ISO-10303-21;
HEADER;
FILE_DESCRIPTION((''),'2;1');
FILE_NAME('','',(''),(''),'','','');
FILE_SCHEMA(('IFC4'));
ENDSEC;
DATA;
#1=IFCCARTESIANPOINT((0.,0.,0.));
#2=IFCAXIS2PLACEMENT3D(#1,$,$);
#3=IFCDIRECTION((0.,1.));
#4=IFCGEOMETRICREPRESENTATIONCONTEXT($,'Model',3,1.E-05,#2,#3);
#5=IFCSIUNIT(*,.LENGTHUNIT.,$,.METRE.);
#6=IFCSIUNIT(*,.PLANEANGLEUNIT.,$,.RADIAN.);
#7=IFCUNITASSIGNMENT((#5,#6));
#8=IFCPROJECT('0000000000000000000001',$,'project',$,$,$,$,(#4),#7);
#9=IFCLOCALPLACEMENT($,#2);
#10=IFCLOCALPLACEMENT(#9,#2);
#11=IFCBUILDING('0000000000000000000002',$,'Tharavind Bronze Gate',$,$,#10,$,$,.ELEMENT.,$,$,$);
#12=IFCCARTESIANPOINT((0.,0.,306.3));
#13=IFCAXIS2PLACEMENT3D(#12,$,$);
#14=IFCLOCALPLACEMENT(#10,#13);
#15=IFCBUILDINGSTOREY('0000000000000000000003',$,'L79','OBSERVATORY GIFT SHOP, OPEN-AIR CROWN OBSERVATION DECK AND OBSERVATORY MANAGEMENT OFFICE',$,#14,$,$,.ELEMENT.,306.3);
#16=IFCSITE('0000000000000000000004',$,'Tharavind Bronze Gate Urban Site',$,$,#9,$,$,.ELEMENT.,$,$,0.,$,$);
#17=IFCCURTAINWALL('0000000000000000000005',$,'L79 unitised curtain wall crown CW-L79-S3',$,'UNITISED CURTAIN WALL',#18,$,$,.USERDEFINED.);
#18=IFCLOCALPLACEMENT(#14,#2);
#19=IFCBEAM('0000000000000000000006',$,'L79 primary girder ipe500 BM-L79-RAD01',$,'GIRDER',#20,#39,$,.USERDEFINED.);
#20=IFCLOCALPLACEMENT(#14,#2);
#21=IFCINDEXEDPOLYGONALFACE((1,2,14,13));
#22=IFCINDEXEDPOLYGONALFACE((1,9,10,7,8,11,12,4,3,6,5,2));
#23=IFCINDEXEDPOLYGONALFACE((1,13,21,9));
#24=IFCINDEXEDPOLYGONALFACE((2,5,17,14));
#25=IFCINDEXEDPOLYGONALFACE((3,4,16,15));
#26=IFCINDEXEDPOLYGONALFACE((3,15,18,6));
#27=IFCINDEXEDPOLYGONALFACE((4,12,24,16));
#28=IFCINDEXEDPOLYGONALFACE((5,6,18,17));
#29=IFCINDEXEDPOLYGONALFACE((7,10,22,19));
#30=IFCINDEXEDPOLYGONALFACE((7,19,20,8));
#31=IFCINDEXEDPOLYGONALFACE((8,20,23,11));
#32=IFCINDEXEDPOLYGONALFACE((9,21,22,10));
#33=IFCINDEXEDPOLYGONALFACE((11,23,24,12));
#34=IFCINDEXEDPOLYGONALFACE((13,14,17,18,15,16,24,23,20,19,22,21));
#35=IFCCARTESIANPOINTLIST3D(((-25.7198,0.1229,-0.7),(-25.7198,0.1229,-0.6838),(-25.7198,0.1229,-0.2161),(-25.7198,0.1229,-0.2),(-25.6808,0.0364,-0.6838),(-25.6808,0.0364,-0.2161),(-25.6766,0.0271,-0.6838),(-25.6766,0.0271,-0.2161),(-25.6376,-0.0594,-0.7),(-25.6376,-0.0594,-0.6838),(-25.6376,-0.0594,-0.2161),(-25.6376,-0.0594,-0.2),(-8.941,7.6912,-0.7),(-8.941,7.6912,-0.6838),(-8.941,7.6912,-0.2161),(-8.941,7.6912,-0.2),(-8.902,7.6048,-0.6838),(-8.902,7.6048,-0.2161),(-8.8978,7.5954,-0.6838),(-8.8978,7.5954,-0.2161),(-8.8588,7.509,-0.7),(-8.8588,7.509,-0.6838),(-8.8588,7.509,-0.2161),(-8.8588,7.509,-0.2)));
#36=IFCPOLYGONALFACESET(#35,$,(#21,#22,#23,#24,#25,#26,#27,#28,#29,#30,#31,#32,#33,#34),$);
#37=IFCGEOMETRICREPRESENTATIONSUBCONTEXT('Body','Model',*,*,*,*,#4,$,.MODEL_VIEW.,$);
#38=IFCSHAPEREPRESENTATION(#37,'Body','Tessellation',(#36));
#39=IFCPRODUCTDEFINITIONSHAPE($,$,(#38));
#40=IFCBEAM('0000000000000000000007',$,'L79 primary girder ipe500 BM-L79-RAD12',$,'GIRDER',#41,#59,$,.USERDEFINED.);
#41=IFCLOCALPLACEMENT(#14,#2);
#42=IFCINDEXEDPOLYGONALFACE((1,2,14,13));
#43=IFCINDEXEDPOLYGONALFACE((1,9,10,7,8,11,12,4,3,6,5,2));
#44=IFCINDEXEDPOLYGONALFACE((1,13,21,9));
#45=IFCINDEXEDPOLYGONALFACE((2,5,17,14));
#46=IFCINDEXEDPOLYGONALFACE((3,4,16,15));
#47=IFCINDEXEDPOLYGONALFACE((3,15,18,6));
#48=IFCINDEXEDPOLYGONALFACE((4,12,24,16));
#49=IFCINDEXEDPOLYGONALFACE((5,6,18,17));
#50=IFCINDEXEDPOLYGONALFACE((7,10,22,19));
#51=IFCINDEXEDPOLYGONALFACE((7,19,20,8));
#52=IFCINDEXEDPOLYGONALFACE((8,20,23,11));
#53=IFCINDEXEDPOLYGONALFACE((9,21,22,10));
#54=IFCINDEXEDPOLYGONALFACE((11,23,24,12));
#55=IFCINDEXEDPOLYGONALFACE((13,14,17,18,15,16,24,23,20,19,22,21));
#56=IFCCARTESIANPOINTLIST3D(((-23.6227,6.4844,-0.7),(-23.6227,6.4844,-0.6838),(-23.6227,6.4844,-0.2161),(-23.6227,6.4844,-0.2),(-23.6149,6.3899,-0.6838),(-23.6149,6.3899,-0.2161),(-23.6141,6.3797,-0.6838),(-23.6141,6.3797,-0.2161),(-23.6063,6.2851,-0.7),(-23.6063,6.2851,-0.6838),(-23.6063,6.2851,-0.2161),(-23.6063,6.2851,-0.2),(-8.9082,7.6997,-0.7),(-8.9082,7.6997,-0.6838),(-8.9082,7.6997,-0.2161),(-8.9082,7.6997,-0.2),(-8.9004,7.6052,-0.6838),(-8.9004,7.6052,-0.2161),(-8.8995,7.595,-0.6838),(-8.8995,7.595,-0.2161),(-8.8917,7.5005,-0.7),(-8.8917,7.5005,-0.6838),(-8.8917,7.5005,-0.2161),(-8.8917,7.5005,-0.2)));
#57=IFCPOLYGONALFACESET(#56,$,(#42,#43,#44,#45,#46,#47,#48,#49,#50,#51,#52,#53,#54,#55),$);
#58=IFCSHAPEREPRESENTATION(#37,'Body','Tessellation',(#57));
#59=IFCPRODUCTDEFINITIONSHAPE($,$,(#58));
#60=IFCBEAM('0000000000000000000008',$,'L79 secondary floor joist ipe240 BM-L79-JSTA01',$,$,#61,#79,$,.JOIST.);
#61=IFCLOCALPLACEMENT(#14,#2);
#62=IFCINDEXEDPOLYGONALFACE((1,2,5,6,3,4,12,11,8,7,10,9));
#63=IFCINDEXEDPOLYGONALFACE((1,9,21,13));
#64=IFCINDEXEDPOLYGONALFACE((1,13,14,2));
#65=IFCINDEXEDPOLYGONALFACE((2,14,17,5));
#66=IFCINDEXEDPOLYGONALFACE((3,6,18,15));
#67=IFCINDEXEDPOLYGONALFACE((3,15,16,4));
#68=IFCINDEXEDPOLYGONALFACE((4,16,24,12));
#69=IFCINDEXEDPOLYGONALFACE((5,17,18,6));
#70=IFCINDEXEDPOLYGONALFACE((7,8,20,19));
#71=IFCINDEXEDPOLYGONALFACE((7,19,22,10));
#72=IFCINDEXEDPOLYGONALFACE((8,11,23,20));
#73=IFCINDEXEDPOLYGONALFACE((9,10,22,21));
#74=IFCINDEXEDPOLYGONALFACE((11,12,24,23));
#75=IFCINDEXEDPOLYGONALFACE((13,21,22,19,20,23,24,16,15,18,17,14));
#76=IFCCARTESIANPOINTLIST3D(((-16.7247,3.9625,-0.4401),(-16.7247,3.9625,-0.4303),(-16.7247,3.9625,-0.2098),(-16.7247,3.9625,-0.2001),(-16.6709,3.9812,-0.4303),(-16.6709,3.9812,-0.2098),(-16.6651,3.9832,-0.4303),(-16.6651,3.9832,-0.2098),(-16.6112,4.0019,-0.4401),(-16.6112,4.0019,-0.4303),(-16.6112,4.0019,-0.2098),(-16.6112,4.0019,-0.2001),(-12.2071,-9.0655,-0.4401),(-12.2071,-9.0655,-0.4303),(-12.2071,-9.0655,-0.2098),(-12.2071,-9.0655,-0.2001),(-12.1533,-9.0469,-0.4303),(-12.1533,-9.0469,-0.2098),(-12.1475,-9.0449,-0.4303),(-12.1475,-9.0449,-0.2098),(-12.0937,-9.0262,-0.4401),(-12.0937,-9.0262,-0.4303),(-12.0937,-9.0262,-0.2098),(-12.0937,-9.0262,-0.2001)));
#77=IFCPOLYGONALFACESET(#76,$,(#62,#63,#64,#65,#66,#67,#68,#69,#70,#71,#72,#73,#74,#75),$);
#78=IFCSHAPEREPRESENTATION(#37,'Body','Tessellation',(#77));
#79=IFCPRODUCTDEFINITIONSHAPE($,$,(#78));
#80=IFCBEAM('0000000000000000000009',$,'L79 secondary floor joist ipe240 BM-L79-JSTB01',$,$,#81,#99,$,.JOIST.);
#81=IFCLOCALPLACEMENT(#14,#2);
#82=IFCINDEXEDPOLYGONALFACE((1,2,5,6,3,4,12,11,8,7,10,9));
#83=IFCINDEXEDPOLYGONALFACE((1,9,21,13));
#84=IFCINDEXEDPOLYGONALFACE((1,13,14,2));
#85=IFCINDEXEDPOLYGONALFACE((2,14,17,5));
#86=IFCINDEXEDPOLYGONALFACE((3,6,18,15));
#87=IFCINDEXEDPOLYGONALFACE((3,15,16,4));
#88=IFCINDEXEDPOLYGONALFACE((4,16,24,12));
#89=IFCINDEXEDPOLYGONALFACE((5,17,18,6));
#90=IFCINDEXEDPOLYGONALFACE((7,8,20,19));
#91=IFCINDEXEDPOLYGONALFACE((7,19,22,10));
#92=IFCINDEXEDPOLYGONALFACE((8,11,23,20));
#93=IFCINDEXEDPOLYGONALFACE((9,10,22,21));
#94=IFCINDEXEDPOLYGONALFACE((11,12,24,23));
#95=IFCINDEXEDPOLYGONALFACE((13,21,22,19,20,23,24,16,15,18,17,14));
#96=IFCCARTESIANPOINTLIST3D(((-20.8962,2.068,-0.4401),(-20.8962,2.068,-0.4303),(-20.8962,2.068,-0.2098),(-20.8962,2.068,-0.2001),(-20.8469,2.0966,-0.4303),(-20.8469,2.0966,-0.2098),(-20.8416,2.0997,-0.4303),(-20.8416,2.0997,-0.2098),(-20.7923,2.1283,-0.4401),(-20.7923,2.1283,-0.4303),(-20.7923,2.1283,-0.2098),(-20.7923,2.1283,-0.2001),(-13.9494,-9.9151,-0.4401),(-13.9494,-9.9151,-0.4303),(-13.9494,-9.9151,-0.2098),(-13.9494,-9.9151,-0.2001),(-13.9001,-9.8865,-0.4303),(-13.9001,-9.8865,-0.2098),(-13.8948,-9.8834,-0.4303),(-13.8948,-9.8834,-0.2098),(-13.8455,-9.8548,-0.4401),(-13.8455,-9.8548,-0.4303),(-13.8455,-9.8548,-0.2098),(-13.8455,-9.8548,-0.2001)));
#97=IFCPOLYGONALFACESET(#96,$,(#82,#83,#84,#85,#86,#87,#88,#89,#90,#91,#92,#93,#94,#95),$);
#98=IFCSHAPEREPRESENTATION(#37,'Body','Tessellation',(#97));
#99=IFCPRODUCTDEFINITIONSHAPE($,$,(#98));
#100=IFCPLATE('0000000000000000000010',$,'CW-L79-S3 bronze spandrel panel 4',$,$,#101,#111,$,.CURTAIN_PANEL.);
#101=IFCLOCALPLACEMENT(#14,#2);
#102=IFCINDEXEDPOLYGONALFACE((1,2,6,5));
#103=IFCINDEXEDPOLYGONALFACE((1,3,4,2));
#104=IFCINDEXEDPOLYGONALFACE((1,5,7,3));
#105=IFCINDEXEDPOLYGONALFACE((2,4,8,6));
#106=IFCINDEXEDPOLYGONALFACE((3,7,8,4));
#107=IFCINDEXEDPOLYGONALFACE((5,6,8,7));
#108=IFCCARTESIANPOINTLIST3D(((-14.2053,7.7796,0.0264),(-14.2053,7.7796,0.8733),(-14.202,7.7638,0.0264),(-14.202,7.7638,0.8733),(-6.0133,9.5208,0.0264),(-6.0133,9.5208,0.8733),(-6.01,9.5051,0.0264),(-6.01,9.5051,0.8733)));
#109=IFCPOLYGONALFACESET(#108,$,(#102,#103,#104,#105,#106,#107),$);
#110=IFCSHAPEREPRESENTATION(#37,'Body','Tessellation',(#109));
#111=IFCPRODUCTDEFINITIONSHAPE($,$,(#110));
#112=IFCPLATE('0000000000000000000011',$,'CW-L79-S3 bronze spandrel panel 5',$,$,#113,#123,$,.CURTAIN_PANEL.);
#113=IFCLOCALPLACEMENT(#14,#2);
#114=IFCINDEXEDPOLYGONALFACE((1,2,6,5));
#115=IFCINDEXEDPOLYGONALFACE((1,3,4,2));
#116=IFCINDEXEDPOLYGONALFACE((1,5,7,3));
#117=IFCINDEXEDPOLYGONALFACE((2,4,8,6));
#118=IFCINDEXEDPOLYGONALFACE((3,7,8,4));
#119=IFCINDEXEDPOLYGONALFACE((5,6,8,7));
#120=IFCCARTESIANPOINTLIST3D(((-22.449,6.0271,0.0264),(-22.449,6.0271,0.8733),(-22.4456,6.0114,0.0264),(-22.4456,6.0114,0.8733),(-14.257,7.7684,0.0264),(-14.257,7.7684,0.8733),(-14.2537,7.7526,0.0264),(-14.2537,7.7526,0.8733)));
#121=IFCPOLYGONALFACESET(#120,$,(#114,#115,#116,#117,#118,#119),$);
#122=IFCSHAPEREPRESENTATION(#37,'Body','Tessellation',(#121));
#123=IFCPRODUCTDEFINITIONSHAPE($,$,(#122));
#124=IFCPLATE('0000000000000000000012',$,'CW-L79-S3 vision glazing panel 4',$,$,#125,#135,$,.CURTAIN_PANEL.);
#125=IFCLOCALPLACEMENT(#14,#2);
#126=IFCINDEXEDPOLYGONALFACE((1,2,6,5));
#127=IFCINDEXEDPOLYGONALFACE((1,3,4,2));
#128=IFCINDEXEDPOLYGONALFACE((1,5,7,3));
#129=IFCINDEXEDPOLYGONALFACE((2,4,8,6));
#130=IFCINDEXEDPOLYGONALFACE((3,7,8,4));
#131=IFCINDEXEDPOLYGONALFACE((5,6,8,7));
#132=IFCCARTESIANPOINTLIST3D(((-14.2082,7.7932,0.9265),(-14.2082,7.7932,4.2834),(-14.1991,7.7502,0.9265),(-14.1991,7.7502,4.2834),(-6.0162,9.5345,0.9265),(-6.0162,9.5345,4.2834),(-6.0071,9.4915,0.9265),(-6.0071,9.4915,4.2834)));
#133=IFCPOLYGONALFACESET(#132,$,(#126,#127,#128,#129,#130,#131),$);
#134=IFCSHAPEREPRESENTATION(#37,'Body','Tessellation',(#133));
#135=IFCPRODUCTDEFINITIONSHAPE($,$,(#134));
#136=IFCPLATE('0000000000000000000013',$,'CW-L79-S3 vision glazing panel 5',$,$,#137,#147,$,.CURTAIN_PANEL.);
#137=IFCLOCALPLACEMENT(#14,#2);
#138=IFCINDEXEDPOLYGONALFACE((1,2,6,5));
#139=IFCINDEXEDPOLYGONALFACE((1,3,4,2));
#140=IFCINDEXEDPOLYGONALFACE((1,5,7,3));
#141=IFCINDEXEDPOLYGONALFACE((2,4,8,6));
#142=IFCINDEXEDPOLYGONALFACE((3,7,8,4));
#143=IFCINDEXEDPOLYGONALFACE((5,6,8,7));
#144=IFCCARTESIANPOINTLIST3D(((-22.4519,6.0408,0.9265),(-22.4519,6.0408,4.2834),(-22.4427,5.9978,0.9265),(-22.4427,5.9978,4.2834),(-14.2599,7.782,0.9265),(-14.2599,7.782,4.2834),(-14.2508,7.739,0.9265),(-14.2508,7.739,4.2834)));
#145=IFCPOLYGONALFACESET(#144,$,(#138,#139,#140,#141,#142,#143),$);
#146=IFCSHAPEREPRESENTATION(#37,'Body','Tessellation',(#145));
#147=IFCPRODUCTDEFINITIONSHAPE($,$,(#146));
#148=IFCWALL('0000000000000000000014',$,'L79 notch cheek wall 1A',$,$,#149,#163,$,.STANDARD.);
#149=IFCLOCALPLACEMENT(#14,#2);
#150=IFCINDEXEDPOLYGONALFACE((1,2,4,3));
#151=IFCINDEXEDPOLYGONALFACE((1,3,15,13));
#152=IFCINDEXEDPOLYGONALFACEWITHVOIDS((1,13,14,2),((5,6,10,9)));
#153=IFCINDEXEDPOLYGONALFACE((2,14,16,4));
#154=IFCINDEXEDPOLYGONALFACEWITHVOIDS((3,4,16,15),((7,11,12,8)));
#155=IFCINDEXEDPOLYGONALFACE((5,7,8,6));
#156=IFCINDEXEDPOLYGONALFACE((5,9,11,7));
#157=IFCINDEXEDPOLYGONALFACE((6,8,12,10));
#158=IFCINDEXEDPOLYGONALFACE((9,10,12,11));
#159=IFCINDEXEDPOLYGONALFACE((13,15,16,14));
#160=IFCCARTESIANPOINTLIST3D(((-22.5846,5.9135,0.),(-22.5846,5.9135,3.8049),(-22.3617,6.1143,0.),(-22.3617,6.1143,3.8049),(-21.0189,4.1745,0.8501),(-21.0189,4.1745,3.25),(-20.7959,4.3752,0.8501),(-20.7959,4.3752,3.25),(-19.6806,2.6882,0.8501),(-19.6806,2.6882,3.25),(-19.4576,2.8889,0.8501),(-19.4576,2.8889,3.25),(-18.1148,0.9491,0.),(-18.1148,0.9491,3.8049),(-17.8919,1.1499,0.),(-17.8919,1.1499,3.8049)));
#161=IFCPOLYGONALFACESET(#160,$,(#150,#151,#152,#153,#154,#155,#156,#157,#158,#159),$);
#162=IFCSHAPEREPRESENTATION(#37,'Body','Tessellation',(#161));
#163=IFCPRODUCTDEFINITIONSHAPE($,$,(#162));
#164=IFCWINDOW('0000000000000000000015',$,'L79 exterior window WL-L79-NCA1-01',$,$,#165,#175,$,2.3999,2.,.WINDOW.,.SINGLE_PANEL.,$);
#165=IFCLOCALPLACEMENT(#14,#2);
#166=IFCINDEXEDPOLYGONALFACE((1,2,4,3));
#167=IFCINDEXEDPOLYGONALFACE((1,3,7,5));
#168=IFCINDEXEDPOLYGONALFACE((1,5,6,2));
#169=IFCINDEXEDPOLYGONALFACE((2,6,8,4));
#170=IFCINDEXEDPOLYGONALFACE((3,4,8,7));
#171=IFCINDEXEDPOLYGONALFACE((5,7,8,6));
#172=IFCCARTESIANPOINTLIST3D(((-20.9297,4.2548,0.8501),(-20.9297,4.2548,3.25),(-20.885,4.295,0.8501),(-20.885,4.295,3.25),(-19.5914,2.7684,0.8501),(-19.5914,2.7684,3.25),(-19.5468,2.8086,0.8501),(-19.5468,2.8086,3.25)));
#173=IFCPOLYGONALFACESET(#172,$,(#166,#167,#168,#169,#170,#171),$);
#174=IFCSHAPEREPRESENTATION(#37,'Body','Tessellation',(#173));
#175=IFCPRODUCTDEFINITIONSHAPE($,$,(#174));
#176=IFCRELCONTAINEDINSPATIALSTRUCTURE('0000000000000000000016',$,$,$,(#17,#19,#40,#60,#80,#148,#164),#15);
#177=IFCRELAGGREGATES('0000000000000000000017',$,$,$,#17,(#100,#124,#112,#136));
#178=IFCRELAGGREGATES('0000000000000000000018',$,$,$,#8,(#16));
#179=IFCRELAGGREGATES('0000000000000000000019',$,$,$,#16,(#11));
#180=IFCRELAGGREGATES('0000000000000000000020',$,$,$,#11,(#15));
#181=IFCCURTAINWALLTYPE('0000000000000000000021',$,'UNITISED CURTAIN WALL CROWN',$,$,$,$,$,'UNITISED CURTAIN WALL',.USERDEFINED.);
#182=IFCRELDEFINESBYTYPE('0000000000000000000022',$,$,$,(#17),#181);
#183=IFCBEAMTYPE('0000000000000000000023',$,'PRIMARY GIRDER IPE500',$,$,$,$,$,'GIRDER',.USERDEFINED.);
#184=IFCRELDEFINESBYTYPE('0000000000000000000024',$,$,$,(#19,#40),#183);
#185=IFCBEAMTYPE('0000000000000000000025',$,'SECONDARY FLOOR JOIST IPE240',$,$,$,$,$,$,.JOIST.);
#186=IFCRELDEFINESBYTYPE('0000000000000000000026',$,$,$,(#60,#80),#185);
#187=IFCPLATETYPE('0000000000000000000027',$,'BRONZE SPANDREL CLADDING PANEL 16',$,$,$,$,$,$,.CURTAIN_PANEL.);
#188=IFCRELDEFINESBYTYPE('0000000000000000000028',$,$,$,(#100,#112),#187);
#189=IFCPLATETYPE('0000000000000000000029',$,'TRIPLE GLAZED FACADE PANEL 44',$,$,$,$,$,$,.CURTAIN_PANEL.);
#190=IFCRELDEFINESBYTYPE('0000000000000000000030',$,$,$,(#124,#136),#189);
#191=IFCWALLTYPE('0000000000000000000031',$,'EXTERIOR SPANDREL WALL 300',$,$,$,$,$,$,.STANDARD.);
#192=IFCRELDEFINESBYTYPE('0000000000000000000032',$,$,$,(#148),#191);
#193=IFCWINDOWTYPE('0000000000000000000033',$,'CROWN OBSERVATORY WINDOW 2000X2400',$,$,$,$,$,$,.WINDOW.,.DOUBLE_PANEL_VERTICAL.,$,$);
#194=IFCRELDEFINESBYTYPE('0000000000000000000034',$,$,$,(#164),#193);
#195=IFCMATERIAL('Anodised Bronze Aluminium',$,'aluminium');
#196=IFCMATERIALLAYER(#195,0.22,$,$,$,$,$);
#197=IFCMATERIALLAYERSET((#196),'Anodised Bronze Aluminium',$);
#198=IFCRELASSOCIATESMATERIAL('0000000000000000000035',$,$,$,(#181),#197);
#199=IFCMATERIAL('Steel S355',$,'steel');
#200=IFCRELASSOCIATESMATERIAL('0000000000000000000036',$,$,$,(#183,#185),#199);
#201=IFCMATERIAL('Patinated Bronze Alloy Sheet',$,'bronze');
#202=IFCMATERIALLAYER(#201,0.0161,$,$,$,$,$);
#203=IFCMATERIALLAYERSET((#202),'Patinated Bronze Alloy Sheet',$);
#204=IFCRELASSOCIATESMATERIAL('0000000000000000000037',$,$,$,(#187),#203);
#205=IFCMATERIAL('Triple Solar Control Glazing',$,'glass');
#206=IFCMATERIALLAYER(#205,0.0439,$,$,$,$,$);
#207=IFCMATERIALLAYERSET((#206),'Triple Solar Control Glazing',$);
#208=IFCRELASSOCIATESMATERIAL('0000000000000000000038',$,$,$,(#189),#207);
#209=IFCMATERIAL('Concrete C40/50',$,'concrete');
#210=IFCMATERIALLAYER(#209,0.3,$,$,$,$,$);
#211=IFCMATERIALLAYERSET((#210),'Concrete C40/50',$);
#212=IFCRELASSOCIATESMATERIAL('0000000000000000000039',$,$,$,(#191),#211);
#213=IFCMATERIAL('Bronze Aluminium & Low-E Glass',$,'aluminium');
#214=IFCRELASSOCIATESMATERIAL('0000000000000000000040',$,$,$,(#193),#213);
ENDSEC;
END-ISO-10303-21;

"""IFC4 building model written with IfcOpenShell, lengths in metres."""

from ifc_helpers import new_model, si_unit, direction, frame, frame_2d, origin, origin_2d, place, context, subcontext, project, spatial, rectangle, i_section, extrude, material, layer, layer_set, material_profile, profile_set, type_object, element, fill, aggregate, save


model = new_model("IFC4")

# Units and contexts
model_context = context("Model", 3, precision=1e-05, world=origin(), true_north=direction((0.0, 1.0)))
body_context = subcontext(model_context, "Body", "Model", "MODEL_VIEW")
ifc_project = project(units=[si_unit("LENGTHUNIT", "METRE"), si_unit("PLANEANGLEUNIT", "RADIAN")], contexts=[model_context])

# Site, building, storey
site_placement = place(None, origin())
site = spatial("IfcSite", under=ifc_project, at=site_placement, Name="Tharavind Bronze Gate Urban Site", CompositionType="ELEMENT", RefElevation=0.0)
building_placement = place(site_placement, origin())
building = spatial("IfcBuilding", under=site, at=building_placement, Name="Tharavind Bronze Gate", CompositionType="ELEMENT")
storey_placement = place(building_placement, frame((0.0, 0.0, 306.3)))
storey = spatial("IfcBuildingStorey", under=building, at=storey_placement, Name="L79", Description="OBSERVATORY GIFT SHOP, OPEN-AIR CROWN OBSERVATION DECK AND OBSERVATORY MANAGEMENT OFFICE", CompositionType="ELEMENT", Elevation=306.3)

# Curtain wall
ifc_material_1 = material(Name="Anodised Bronze Aluminium", Category="aluminium")
ifc_layer_1 = layer(ifc_material_1, 0.22)
ifc_layer_set_1 = layer_set([ifc_layer_1], Name="Anodised Bronze Aluminium")
curtain_wall_type = type_object("IfcCurtainWallType", Name="UNITISED CURTAIN WALL CROWN", ElementType="UNITISED CURTAIN WALL", PredefinedType="USERDEFINED", material=ifc_layer_set_1)
curtain_wall_placement = place(storey_placement, origin())
curtain_wall = element("IfcCurtainWall", 1, at=curtain_wall_placement, inside=storey, type_object=curtain_wall_type, Name="L79 unitised curtain wall crown CW-L79-S3", ObjectType="UNITISED CURTAIN WALL", PredefinedType="USERDEFINED")

# Beams
ifc_material_2 = material(Name="Steel S355", Category="steel")
ifc_material_profile_1 = material_profile(ifc_material_2, i_section(OverallWidth=0.2, OverallDepth=0.5, WebThickness=0.0103, FlangeThickness=0.0161, at=origin_2d()), Name="IPE500")
ifc_profile_set_1 = profile_set([ifc_material_profile_1], Name="Steel S355")
beam_type_1 = type_object("IfcBeamType", Name="PRIMARY GIRDER IPE500", ElementType="GIRDER", PredefinedType="USERDEFINED", material=ifc_profile_set_1)
beam_1_placement = place(storey_placement, frame((-25.6787, 0.0317, -0.45), z_axis=(0.911557, 0.411173, 0.0), x_axis=(-0.411173, 0.911557, 0.0)))
element("IfcBeam", 2, at=beam_1_placement, inside=storey, type_object=beam_type_1, Name="L79 primary girder ipe500 BM-L79-RAD01", ObjectType="GIRDER", PredefinedType="USERDEFINED", context=body_context, shape_type="SweptSolid", body=[
    extrude(i_section(OverallWidth=0.2, OverallDepth=0.5, WebThickness=0.0103, FlangeThickness=0.0161, at=origin_2d()), origin(), (0.0, 0.0, 1.0), 18.4067),
])
beam_2_placement = place(storey_placement, frame((-23.6145, 6.3848, -0.45), z_axis=(0.996606, 0.082313, 0.0), x_axis=(-0.082313, 0.996606, 0.0)))
element("IfcBeam", 3, at=beam_2_placement, inside=storey, type_object=beam_type_1, Name="L79 primary girder ipe500 BM-L79-RAD12", ObjectType="GIRDER", PredefinedType="USERDEFINED", context=body_context, shape_type="SweptSolid", body=[
    extrude(i_section(OverallWidth=0.2, OverallDepth=0.5, WebThickness=0.0103, FlangeThickness=0.0161, at=origin_2d()), origin(), (0.0, 0.0, 1.0), 14.7646),
])
ifc_material_profile_2 = material_profile(ifc_material_2, i_section(OverallWidth=0.1201, OverallDepth=0.24, WebThickness=0.0061, FlangeThickness=0.0098, at=origin_2d()), Name="IPE240")
ifc_profile_set_2 = profile_set([ifc_material_profile_2], Name="Steel S355")
beam_type_2 = type_object("IfcBeamType", Name="SECONDARY FLOOR JOIST IPE240", PredefinedType="JOIST", material=ifc_profile_set_2)
beam_3_placement = place(storey_placement, frame((-16.668, 3.9822, -0.3201), z_axis=(0.32762, -0.94481, 0.0), x_axis=(0.94481, 0.32762, 0.0)))
element("IfcBeam", 4, at=beam_3_placement, inside=storey, type_object=beam_type_2, Name="L79 secondary floor joist ipe240 BM-L79-JSTA01", PredefinedType="JOIST", context=body_context, shape_type="SweptSolid", body=[
    extrude(i_section(OverallWidth=0.1201, OverallDepth=0.24, WebThickness=0.0061, FlangeThickness=0.0098, at=origin_2d()), origin(), (0.0, 0.0, 1.0), 13.7891),
])
beam_4_placement = place(storey_placement, frame((-20.8442, 2.0981, -0.3201), z_axis=(0.501532, -0.865139, 0.0), x_axis=(0.865139, 0.501532, 0.0)))
element("IfcBeam", 5, at=beam_4_placement, inside=storey, type_object=beam_type_2, Name="L79 secondary floor joist ipe240 BM-L79-JSTB01", PredefinedType="JOIST", context=body_context, shape_type="SweptSolid", body=[
    extrude(i_section(OverallWidth=0.1201, OverallDepth=0.24, WebThickness=0.0061, FlangeThickness=0.0098, at=origin_2d()), origin(), (0.0, 0.0, 1.0), 13.8511),
])

# Plates
ifc_material_3 = material(Name="Patinated Bronze Alloy Sheet", Category="bronze")
ifc_layer_2 = layer(ifc_material_3, 0.0161)
ifc_layer_set_2 = layer_set([ifc_layer_2], Name="Patinated Bronze Alloy Sheet")
plate_type_1 = type_object("IfcPlateType", Name="BRONZE SPANDREL CLADDING PANEL 16", PredefinedType="CURTAIN_PANEL", material=ifc_layer_set_2)
plate_1_placement = place(storey_placement, frame((-10.1077, 8.6423, 0.0264), z_axis=(0.0, 0.0, 1.0), x_axis=(-0.978148, -0.207912, 0.0)))
plate_1 = element("IfcPlate", 6, at=plate_1_placement, type_object=plate_type_1, Name="CW-L79-S3 bronze spandrel panel 4", PredefinedType="CURTAIN_PANEL", context=body_context, shape_type="SweptSolid", body=[
    extrude(rectangle(XDim=8.375, YDim=0.0161, at=origin_2d()), origin(), (0.0, 0.0, 1.0), 0.8469),
])
plate_2_placement = place(storey_placement, frame((-18.3513, 6.8899, 0.0264), z_axis=(0.0, 0.0, 1.0), x_axis=(-0.978148, -0.207912, 0.0)))
plate_2 = element("IfcPlate", 7, at=plate_2_placement, type_object=plate_type_1, Name="CW-L79-S3 bronze spandrel panel 5", PredefinedType="CURTAIN_PANEL", context=body_context, shape_type="SweptSolid", body=[
    extrude(rectangle(XDim=8.375, YDim=0.0161, at=origin_2d()), origin(), (0.0, 0.0, 1.0), 0.8469),
])
ifc_material_4 = material(Name="Triple Solar Control Glazing", Category="glass")
ifc_layer_3 = layer(ifc_material_4, 0.0439)
ifc_layer_set_3 = layer_set([ifc_layer_3], Name="Triple Solar Control Glazing")
plate_type_2 = type_object("IfcPlateType", Name="TRIPLE GLAZED FACADE PANEL 44", PredefinedType="CURTAIN_PANEL", material=ifc_layer_set_3)
plate_3_placement = place(storey_placement, frame((-10.1077, 8.6423, 0.9265), z_axis=(0.0, 0.0, 1.0), x_axis=(-0.978148, -0.207912, 0.0)))
plate_3 = element("IfcPlate", 8, at=plate_3_placement, type_object=plate_type_2, Name="CW-L79-S3 vision glazing panel 4", PredefinedType="CURTAIN_PANEL", context=body_context, shape_type="SweptSolid", body=[
    extrude(rectangle(XDim=8.375, YDim=0.0439, at=origin_2d()), origin(), (0.0, 0.0, 1.0), 3.3569),
])
plate_4_placement = place(storey_placement, frame((-18.3513, 6.8899, 0.9265), z_axis=(0.0, 0.0, 1.0), x_axis=(-0.978148, -0.207912, 0.0)))
plate_4 = element("IfcPlate", 9, at=plate_4_placement, type_object=plate_type_2, Name="CW-L79-S3 vision glazing panel 5", PredefinedType="CURTAIN_PANEL", context=body_context, shape_type="SweptSolid", body=[
    extrude(rectangle(XDim=8.375, YDim=0.0439, at=origin_2d()), origin(), (0.0, 0.0, 1.0), 3.3569),
])
aggregate(curtain_wall, [plate_1, plate_3, plate_2, plate_4])

# Wall, opening, window
ifc_material_5 = material(Name="Concrete C40/50", Category="concrete")
ifc_layer_4 = layer(ifc_material_5, 0.3)
ifc_layer_set_4 = layer_set([ifc_layer_4], Name="Concrete C40/50")
wall_type_1 = type_object("IfcWallType", Name="EXTERIOR SPANDREL WALL 300", PredefinedType="STANDARD", material=ifc_layer_set_4)
wall_1_placement = place(storey_placement, frame((-22.4731, 6.0139, 0.0), z_axis=(0.0, 0.0, 1.0), x_axis=(0.669114, -0.74316, 0.0)))
wall_1 = element("IfcWall", 10, at=wall_1_placement, inside=storey, type_object=wall_type_1, Name="L79 notch cheek wall 1A", PredefinedType="STANDARD", context=body_context, shape_type="SweptSolid", body=[
    extrude(rectangle(XDim=6.6802, YDim=0.3, at=frame_2d((3.3401, 0.0))), origin(), (0.0, 0.0, 1.0), 3.8049),
])
opening_1_placement = place(wall_1_placement, frame((2.3401, 0.0, 0.8501)))
opening_1 = element("IfcOpeningElement", 11, at=opening_1_placement, cuts=wall_1, PredefinedType="OPENING", context=body_context, shape_type="SweptSolid", body=[
    extrude(rectangle(XDim=2.0, YDim=2.3999, at=frame_2d((1.0, 1.2))), frame((0.0, 0.1599, 0.0), z_axis=(0.0, -1.0, 0.0), x_axis=(1.0, 0.0, 0.0)), (0.0, 0.0, 1.0), 0.32),
])
ifc_material_6 = material(Name="Bronze Aluminium & Low-E Glass", Category="aluminium")
window_type = type_object("IfcWindowType", Name="CROWN OBSERVATORY WINDOW 2000X2400", PartitioningType="DOUBLE_PANEL_VERTICAL", PredefinedType="WINDOW", material=ifc_material_6)
window_1_placement = place(opening_1_placement, origin())
window_1 = element("IfcWindow", 12, at=window_1_placement, inside=storey, type_object=window_type, Name="L79 exterior window WL-L79-NCA1-01", OverallHeight=2.3999, OverallWidth=2.0, PartitioningType="SINGLE_PANEL", PredefinedType="WINDOW", context=body_context, shape_type="SweptSolid", body=[
    extrude(rectangle(XDim=2.0, YDim=2.3999, at=frame_2d((1.0, 1.2))), frame((0.0, 0.03, 0.0), z_axis=(0.0, -1.0, 0.0), x_axis=(1.0, 0.0, 0.0)), (0.0, 0.0, 1.0), 0.0601),
])
fill(opening_1, window_1)

save(model, "model.ifc")
